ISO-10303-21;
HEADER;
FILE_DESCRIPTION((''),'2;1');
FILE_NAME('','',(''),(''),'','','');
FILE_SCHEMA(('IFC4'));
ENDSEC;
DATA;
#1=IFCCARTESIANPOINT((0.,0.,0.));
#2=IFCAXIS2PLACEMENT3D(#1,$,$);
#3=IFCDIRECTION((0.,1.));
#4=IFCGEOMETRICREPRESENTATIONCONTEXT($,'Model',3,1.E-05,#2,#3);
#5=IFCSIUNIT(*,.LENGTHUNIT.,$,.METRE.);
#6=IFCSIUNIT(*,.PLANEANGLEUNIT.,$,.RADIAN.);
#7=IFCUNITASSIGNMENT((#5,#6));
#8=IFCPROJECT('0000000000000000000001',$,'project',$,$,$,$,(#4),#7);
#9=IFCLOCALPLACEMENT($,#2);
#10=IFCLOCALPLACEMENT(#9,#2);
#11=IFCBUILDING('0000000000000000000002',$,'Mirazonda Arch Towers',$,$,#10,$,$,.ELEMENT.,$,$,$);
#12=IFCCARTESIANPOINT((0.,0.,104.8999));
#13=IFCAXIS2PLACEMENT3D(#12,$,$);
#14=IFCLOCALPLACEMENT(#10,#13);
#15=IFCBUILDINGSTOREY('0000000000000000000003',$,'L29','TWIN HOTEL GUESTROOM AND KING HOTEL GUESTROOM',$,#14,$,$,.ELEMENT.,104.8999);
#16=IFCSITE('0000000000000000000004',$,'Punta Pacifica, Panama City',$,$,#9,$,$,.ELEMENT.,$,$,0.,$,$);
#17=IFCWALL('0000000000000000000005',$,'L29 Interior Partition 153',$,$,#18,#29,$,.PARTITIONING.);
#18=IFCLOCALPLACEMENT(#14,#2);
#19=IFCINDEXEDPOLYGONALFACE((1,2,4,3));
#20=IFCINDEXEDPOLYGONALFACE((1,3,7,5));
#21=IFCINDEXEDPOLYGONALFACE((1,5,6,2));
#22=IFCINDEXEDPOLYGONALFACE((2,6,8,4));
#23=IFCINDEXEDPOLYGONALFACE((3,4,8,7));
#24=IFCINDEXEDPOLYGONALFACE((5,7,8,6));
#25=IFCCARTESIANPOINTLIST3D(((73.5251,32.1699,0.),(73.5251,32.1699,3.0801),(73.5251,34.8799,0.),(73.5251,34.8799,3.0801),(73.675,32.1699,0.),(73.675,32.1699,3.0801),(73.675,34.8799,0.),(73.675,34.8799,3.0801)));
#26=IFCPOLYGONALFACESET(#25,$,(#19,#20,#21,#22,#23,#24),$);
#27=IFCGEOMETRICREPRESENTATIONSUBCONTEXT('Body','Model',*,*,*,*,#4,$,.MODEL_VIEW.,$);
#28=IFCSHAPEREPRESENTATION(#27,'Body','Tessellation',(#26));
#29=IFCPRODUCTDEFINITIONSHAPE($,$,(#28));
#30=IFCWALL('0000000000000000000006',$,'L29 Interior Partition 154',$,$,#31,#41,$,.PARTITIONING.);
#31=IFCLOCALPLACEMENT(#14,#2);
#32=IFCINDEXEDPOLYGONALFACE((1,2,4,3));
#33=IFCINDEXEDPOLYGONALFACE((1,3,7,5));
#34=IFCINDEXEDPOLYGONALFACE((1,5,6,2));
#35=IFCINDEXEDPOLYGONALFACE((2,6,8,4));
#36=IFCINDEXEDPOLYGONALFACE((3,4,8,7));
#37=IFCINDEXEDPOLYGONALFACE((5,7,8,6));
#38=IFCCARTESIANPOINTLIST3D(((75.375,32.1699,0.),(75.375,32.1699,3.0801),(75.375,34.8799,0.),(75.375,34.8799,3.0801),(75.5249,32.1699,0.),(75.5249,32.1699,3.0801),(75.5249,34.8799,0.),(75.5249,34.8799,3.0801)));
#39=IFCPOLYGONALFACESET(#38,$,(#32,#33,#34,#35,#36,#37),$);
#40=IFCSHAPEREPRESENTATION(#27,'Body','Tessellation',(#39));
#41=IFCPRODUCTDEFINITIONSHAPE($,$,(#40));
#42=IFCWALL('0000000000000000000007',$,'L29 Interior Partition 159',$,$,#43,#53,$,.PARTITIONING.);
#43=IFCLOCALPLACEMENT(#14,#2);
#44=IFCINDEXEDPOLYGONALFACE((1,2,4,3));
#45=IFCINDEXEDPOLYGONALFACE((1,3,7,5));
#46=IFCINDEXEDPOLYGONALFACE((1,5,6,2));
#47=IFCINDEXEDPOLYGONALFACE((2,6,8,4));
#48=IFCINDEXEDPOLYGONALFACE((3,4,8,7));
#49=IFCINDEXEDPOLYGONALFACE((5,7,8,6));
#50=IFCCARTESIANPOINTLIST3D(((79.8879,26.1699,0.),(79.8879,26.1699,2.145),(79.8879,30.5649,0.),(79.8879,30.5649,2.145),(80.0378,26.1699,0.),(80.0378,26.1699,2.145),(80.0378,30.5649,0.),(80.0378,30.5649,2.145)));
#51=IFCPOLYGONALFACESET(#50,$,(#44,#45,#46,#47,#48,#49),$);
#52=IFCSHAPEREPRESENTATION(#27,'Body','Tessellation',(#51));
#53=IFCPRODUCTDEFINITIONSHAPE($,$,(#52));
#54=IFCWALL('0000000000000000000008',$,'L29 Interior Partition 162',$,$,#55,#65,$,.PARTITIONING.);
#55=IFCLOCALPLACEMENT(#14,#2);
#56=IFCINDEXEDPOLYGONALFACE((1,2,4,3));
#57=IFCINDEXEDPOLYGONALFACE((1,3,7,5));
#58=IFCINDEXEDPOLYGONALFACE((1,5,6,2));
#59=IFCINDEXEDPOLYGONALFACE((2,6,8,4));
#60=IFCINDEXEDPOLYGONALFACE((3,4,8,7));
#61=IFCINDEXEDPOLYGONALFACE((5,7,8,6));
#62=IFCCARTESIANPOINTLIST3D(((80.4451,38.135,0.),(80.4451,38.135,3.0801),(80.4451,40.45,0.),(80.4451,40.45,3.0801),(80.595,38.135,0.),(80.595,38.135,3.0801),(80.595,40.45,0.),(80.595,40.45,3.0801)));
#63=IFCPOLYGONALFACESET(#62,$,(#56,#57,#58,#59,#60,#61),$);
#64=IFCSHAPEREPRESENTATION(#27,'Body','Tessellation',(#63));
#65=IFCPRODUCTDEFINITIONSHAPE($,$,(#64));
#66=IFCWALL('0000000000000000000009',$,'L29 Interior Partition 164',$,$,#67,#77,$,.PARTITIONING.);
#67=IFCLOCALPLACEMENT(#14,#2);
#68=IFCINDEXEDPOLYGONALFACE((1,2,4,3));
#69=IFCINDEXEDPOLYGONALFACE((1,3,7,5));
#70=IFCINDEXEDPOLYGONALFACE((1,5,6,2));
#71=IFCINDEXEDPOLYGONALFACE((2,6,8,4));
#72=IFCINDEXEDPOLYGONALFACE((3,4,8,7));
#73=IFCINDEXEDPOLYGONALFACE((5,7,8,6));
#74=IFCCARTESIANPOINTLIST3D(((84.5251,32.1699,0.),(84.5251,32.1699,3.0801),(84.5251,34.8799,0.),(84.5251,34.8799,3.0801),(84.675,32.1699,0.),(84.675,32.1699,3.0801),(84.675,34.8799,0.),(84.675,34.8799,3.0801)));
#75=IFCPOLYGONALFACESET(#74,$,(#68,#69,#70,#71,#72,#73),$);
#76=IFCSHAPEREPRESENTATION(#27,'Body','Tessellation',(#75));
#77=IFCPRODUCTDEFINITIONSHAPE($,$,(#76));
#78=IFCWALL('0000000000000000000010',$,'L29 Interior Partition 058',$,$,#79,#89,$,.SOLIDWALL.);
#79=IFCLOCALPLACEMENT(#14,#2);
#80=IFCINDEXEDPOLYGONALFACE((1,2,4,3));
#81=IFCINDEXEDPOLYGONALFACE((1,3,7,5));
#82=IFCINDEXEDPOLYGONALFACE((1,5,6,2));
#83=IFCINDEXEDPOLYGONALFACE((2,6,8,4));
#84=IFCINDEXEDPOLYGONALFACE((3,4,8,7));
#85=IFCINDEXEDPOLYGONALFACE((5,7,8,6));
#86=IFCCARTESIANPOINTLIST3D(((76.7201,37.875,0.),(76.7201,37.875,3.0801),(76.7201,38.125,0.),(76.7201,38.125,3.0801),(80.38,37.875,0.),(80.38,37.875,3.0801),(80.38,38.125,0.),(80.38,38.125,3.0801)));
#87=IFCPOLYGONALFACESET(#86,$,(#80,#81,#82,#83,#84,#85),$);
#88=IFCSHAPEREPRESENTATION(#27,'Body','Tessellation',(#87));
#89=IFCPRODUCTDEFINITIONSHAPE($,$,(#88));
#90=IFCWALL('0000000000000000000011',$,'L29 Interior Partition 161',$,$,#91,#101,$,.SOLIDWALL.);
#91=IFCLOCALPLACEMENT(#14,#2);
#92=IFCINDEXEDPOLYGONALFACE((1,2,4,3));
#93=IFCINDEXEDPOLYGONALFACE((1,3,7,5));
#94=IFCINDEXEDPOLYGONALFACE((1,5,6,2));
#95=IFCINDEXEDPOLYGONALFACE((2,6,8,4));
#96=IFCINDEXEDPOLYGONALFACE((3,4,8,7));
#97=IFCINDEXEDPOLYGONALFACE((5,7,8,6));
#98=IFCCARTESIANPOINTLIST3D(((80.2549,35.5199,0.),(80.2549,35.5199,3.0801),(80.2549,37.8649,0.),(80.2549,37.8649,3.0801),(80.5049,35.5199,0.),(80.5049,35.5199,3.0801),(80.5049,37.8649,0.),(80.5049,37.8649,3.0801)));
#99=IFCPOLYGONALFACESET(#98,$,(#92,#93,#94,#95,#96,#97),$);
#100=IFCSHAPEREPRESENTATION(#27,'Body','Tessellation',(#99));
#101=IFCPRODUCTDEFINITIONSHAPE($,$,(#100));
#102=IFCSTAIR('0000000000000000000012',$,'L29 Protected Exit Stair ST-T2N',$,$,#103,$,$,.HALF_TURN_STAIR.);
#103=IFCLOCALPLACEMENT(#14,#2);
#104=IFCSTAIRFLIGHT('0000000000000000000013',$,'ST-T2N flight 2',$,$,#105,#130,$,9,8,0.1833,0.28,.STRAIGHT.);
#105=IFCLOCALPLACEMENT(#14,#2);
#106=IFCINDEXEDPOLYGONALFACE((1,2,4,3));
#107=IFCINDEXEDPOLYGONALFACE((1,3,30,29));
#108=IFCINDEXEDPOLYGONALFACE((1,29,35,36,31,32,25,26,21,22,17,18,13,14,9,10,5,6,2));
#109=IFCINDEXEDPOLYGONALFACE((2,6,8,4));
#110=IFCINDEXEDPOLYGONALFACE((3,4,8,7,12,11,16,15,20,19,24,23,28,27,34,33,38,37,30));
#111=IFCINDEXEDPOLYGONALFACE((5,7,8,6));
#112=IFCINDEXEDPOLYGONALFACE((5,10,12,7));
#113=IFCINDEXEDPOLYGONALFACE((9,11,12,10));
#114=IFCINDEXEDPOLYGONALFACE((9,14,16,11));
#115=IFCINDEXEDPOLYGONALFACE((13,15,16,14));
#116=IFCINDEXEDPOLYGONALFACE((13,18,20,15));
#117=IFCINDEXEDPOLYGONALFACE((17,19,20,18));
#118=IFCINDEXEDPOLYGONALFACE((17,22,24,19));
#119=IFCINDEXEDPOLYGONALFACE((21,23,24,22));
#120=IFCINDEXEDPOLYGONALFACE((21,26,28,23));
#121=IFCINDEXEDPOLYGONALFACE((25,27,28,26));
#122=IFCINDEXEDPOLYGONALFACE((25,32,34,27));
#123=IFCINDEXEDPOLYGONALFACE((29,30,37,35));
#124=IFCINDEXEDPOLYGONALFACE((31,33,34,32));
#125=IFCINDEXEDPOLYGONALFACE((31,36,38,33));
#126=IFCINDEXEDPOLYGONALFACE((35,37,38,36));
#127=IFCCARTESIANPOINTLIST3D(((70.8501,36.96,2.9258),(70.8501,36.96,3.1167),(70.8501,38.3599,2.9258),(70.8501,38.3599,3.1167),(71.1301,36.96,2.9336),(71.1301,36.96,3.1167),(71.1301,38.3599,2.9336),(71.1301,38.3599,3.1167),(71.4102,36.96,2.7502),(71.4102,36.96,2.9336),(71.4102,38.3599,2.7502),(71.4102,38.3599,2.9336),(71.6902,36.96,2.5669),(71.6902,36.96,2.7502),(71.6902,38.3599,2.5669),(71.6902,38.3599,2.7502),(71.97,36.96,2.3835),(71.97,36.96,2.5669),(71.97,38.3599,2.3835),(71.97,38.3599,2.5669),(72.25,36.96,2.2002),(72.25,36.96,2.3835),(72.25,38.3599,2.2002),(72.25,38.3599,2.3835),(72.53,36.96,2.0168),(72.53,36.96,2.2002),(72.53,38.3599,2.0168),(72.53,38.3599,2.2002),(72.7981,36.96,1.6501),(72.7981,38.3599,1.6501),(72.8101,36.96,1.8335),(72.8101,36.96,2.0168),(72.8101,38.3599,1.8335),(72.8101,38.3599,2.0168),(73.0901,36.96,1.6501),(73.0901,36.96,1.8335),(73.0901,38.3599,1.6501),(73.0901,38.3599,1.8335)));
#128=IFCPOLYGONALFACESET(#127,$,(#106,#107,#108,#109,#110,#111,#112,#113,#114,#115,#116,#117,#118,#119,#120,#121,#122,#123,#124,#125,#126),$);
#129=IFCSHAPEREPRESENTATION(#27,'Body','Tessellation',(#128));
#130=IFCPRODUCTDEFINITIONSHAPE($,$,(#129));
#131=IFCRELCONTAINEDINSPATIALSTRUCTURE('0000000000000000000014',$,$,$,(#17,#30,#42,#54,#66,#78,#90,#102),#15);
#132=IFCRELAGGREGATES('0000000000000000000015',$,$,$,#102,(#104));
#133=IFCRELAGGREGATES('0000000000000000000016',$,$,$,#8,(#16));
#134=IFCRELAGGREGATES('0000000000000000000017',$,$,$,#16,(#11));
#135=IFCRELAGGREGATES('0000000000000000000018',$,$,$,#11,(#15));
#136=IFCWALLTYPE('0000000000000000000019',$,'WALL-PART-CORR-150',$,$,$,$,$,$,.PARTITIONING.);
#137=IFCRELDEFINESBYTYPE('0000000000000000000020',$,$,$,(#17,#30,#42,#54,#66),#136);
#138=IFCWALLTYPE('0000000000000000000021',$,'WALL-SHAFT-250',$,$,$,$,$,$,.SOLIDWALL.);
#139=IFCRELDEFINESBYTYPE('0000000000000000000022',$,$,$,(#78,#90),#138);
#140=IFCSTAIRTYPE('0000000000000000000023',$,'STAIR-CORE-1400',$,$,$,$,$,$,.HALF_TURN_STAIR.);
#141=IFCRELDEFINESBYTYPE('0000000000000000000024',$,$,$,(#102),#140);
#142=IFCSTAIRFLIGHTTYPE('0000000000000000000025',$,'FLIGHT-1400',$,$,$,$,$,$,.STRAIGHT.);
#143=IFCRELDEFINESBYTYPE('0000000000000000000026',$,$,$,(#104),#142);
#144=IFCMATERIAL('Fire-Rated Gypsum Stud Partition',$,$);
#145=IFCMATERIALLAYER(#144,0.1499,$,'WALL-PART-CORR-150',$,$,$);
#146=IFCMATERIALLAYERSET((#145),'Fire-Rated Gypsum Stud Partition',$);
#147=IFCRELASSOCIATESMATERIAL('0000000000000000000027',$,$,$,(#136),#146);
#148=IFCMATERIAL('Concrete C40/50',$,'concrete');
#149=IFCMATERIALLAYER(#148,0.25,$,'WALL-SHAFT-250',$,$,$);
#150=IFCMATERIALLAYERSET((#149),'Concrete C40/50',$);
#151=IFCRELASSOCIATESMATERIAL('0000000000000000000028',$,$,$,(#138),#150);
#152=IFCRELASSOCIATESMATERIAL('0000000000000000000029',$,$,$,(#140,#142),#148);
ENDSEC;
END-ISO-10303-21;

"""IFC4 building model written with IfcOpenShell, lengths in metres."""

from ifc_helpers import new_model, si_unit, direction, frame, frame_2d, origin, place, context, subcontext, project, spatial, polyline, rectangle, outline, extrude, material, layer, layer_set, type_object, element, aggregate, save


model = new_model("IFC4")

# Units and contexts
model_context = context("Model", 3, precision=1e-05, world=origin(), true_north=direction((0.0, 1.0)))
body_context = subcontext(model_context, "Body", "Model", "MODEL_VIEW")
ifc_project = project(units=[si_unit("LENGTHUNIT", "METRE"), si_unit("PLANEANGLEUNIT", "RADIAN")], contexts=[model_context])

# Site, building, storey
site_placement = place(None, origin())
site = spatial("IfcSite", under=ifc_project, at=site_placement, Name="Punta Pacifica, Panama City", CompositionType="ELEMENT", RefElevation=0.0)
building_placement = place(site_placement, origin())
building = spatial("IfcBuilding", under=site, at=building_placement, Name="Mirazonda Arch Towers", CompositionType="ELEMENT")
storey_placement = place(building_placement, frame((0.0, 0.0, 104.8999)))
storey = spatial("IfcBuildingStorey", under=building, at=storey_placement, Name="L29", Description="TWIN HOTEL GUESTROOM AND KING HOTEL GUESTROOM", CompositionType="ELEMENT", Elevation=104.8999)

# Shared definitions
ifc_material_1 = material(Name="Concrete C40/50", Category="concrete")

# Walls
ifc_material_2 = material(Name="Fire-Rated Gypsum Stud Partition")
ifc_layer_1 = layer(ifc_material_2, 0.1499, Name="WALL-PART-CORR-150")
ifc_layer_set_1 = layer_set([ifc_layer_1], Name="Fire-Rated Gypsum Stud Partition")
wall_type_1 = type_object("IfcWallType", Name="WALL-PART-CORR-150", PredefinedType="PARTITIONING", material=ifc_layer_set_1)
for number, where, z_axis, x_axis, name in (
    (1, (73.6001, 32.1699, 0.0), (0.0, 0.0, 1.0), (0.0, 1.0, 0.0), "L29 Interior Partition 153"),
    (2, (75.45, 32.1699, 0.0), (0.0, 0.0, 1.0), (0.0, 1.0, 0.0), "L29 Interior Partition 154"),
):
    element("IfcWall", number, at=place(storey_placement, frame(where, z_axis=z_axis, x_axis=x_axis)), inside=storey, type_object=wall_type_1, Name=name, PredefinedType="PARTITIONING", context=body_context, shape_type="SweptSolid", body=[
        extrude(rectangle(XDim=2.71, YDim=0.1499, at=frame_2d((1.355, 0.0))), origin(), (0.0, 0.0, 1.0), 3.0801),
    ])
wall_1_placement = place(storey_placement, frame((79.9629, 26.1699, 0.0), z_axis=(0.0, 0.0, 1.0), x_axis=(0.0, 1.0, 0.0)))
element("IfcWall", 3, at=wall_1_placement, inside=storey, type_object=wall_type_1, Name="L29 Interior Partition 159", PredefinedType="PARTITIONING", context=body_context, shape_type="SweptSolid", body=[
    extrude(rectangle(XDim=4.395, YDim=0.1499, at=frame_2d((2.1975, 0.0))), origin(), (0.0, 0.0, 1.0), 2.145),
])
wall_2_placement = place(storey_placement, frame((80.52, 38.135, 0.0), z_axis=(0.0, 0.0, 1.0), x_axis=(0.0, 1.0, 0.0)))
element("IfcWall", 4, at=wall_2_placement, inside=storey, type_object=wall_type_1, Name="L29 Interior Partition 162", PredefinedType="PARTITIONING", context=body_context, shape_type="SweptSolid", body=[
    extrude(rectangle(XDim=2.3149, YDim=0.1499, at=frame_2d((1.1575, 0.0))), origin(), (0.0, 0.0, 1.0), 3.0801),
])
wall_3_placement = place(storey_placement, frame((84.6001, 32.1699, 0.0), z_axis=(0.0, 0.0, 1.0), x_axis=(0.0, 1.0, 0.0)))
element("IfcWall", 5, at=wall_3_placement, inside=storey, type_object=wall_type_1, Name="L29 Interior Partition 164", PredefinedType="PARTITIONING", context=body_context, shape_type="SweptSolid", body=[
    extrude(rectangle(XDim=2.71, YDim=0.1499, at=frame_2d((1.355, 0.0))), origin(), (0.0, 0.0, 1.0), 3.0801),
])
ifc_layer_2 = layer(ifc_material_1, 0.25, Name="WALL-SHAFT-250")
ifc_layer_set_2 = layer_set([ifc_layer_2], Name="Concrete C40/50")
wall_type_2 = type_object("IfcWallType", Name="WALL-SHAFT-250", PredefinedType="SOLIDWALL", material=ifc_layer_set_2)
wall_4_placement = place(storey_placement, frame((76.72, 38.0, 0.0), z_axis=(0.0, 0.0, 1.0), x_axis=(1.0, 0.0, 0.0)))
element("IfcWall", 6, at=wall_4_placement, inside=storey, type_object=wall_type_2, Name="L29 Interior Partition 058", PredefinedType="SOLIDWALL", context=body_context, shape_type="SweptSolid", body=[
    extrude(rectangle(XDim=3.6599, YDim=0.25, at=frame_2d((1.8301, 0.0))), origin(), (0.0, 0.0, 1.0), 3.0801),
])
wall_5_placement = place(storey_placement, frame((80.3799, 35.52, 0.0), z_axis=(0.0, 0.0, 1.0), x_axis=(0.0, 1.0, 0.0)))
element("IfcWall", 7, at=wall_5_placement, inside=storey, type_object=wall_type_2, Name="L29 Interior Partition 161", PredefinedType="SOLIDWALL", context=body_context, shape_type="SweptSolid", body=[
    extrude(rectangle(XDim=2.345, YDim=0.25, at=frame_2d((1.1724, 0.0))), origin(), (0.0, 0.0, 1.0), 3.0801),
])

# Stair, stair flight
stair_type = type_object("IfcStairType", Name="STAIR-CORE-1400", PredefinedType="HALF_TURN_STAIR", material=ifc_material_1)
stair_placement = place(storey_placement, origin())
stair = element("IfcStair", 8, at=stair_placement, inside=storey, type_object=stair_type, Name="L29 Protected Exit Stair ST-T2N", PredefinedType="HALF_TURN_STAIR")
stair_flight_type = type_object("IfcStairFlightType", Name="FLIGHT-1400", PredefinedType="STRAIGHT", material=ifc_material_1)
stair_flight_placement = place(storey_placement, frame((73.0901, 37.6599, 1.6501), z_axis=(0.0, 0.0, 1.0), x_axis=(-1.0, 0.0, 0.0)))
stair_flight = element("IfcStairFlight", 9, at=stair_flight_placement, type_object=stair_flight_type, Name="ST-T2N flight 2", NumberOfRisers=9, NumberOfTreads=8, PredefinedType="STRAIGHT", RiserHeight=0.1833, TreadLength=0.28, context=body_context, shape_type="SweptSolid", body=[
    extrude(outline(polyline([(0.0, 0.0), (0.0, 0.1833), (0.28, 0.1833), (0.28, 0.3667), (0.5601, 0.3667), (0.5601, 0.55), (0.8401, 0.55), (0.8401, 0.7334), (1.1201, 0.7334), (1.1201, 0.9167), (1.3999, 0.9167), (1.3999, 1.1001), (1.6799, 1.1001), (1.6799, 1.2834), (1.96, 1.2834), (1.96, 1.4666), (2.24, 1.4666), (2.24, 1.6499), (2.24, 1.2756), (0.292, 0.0), (0.0, 0.0)])), frame((0.0, 0.7, 0.0), z_axis=(0.0, -1.0, 0.0), x_axis=(1.0, 0.0, 0.0)), (0.0, 0.0, 1.0), 1.3999),
])
aggregate(stair, [stair_flight])

save(model, "model.ifc")
